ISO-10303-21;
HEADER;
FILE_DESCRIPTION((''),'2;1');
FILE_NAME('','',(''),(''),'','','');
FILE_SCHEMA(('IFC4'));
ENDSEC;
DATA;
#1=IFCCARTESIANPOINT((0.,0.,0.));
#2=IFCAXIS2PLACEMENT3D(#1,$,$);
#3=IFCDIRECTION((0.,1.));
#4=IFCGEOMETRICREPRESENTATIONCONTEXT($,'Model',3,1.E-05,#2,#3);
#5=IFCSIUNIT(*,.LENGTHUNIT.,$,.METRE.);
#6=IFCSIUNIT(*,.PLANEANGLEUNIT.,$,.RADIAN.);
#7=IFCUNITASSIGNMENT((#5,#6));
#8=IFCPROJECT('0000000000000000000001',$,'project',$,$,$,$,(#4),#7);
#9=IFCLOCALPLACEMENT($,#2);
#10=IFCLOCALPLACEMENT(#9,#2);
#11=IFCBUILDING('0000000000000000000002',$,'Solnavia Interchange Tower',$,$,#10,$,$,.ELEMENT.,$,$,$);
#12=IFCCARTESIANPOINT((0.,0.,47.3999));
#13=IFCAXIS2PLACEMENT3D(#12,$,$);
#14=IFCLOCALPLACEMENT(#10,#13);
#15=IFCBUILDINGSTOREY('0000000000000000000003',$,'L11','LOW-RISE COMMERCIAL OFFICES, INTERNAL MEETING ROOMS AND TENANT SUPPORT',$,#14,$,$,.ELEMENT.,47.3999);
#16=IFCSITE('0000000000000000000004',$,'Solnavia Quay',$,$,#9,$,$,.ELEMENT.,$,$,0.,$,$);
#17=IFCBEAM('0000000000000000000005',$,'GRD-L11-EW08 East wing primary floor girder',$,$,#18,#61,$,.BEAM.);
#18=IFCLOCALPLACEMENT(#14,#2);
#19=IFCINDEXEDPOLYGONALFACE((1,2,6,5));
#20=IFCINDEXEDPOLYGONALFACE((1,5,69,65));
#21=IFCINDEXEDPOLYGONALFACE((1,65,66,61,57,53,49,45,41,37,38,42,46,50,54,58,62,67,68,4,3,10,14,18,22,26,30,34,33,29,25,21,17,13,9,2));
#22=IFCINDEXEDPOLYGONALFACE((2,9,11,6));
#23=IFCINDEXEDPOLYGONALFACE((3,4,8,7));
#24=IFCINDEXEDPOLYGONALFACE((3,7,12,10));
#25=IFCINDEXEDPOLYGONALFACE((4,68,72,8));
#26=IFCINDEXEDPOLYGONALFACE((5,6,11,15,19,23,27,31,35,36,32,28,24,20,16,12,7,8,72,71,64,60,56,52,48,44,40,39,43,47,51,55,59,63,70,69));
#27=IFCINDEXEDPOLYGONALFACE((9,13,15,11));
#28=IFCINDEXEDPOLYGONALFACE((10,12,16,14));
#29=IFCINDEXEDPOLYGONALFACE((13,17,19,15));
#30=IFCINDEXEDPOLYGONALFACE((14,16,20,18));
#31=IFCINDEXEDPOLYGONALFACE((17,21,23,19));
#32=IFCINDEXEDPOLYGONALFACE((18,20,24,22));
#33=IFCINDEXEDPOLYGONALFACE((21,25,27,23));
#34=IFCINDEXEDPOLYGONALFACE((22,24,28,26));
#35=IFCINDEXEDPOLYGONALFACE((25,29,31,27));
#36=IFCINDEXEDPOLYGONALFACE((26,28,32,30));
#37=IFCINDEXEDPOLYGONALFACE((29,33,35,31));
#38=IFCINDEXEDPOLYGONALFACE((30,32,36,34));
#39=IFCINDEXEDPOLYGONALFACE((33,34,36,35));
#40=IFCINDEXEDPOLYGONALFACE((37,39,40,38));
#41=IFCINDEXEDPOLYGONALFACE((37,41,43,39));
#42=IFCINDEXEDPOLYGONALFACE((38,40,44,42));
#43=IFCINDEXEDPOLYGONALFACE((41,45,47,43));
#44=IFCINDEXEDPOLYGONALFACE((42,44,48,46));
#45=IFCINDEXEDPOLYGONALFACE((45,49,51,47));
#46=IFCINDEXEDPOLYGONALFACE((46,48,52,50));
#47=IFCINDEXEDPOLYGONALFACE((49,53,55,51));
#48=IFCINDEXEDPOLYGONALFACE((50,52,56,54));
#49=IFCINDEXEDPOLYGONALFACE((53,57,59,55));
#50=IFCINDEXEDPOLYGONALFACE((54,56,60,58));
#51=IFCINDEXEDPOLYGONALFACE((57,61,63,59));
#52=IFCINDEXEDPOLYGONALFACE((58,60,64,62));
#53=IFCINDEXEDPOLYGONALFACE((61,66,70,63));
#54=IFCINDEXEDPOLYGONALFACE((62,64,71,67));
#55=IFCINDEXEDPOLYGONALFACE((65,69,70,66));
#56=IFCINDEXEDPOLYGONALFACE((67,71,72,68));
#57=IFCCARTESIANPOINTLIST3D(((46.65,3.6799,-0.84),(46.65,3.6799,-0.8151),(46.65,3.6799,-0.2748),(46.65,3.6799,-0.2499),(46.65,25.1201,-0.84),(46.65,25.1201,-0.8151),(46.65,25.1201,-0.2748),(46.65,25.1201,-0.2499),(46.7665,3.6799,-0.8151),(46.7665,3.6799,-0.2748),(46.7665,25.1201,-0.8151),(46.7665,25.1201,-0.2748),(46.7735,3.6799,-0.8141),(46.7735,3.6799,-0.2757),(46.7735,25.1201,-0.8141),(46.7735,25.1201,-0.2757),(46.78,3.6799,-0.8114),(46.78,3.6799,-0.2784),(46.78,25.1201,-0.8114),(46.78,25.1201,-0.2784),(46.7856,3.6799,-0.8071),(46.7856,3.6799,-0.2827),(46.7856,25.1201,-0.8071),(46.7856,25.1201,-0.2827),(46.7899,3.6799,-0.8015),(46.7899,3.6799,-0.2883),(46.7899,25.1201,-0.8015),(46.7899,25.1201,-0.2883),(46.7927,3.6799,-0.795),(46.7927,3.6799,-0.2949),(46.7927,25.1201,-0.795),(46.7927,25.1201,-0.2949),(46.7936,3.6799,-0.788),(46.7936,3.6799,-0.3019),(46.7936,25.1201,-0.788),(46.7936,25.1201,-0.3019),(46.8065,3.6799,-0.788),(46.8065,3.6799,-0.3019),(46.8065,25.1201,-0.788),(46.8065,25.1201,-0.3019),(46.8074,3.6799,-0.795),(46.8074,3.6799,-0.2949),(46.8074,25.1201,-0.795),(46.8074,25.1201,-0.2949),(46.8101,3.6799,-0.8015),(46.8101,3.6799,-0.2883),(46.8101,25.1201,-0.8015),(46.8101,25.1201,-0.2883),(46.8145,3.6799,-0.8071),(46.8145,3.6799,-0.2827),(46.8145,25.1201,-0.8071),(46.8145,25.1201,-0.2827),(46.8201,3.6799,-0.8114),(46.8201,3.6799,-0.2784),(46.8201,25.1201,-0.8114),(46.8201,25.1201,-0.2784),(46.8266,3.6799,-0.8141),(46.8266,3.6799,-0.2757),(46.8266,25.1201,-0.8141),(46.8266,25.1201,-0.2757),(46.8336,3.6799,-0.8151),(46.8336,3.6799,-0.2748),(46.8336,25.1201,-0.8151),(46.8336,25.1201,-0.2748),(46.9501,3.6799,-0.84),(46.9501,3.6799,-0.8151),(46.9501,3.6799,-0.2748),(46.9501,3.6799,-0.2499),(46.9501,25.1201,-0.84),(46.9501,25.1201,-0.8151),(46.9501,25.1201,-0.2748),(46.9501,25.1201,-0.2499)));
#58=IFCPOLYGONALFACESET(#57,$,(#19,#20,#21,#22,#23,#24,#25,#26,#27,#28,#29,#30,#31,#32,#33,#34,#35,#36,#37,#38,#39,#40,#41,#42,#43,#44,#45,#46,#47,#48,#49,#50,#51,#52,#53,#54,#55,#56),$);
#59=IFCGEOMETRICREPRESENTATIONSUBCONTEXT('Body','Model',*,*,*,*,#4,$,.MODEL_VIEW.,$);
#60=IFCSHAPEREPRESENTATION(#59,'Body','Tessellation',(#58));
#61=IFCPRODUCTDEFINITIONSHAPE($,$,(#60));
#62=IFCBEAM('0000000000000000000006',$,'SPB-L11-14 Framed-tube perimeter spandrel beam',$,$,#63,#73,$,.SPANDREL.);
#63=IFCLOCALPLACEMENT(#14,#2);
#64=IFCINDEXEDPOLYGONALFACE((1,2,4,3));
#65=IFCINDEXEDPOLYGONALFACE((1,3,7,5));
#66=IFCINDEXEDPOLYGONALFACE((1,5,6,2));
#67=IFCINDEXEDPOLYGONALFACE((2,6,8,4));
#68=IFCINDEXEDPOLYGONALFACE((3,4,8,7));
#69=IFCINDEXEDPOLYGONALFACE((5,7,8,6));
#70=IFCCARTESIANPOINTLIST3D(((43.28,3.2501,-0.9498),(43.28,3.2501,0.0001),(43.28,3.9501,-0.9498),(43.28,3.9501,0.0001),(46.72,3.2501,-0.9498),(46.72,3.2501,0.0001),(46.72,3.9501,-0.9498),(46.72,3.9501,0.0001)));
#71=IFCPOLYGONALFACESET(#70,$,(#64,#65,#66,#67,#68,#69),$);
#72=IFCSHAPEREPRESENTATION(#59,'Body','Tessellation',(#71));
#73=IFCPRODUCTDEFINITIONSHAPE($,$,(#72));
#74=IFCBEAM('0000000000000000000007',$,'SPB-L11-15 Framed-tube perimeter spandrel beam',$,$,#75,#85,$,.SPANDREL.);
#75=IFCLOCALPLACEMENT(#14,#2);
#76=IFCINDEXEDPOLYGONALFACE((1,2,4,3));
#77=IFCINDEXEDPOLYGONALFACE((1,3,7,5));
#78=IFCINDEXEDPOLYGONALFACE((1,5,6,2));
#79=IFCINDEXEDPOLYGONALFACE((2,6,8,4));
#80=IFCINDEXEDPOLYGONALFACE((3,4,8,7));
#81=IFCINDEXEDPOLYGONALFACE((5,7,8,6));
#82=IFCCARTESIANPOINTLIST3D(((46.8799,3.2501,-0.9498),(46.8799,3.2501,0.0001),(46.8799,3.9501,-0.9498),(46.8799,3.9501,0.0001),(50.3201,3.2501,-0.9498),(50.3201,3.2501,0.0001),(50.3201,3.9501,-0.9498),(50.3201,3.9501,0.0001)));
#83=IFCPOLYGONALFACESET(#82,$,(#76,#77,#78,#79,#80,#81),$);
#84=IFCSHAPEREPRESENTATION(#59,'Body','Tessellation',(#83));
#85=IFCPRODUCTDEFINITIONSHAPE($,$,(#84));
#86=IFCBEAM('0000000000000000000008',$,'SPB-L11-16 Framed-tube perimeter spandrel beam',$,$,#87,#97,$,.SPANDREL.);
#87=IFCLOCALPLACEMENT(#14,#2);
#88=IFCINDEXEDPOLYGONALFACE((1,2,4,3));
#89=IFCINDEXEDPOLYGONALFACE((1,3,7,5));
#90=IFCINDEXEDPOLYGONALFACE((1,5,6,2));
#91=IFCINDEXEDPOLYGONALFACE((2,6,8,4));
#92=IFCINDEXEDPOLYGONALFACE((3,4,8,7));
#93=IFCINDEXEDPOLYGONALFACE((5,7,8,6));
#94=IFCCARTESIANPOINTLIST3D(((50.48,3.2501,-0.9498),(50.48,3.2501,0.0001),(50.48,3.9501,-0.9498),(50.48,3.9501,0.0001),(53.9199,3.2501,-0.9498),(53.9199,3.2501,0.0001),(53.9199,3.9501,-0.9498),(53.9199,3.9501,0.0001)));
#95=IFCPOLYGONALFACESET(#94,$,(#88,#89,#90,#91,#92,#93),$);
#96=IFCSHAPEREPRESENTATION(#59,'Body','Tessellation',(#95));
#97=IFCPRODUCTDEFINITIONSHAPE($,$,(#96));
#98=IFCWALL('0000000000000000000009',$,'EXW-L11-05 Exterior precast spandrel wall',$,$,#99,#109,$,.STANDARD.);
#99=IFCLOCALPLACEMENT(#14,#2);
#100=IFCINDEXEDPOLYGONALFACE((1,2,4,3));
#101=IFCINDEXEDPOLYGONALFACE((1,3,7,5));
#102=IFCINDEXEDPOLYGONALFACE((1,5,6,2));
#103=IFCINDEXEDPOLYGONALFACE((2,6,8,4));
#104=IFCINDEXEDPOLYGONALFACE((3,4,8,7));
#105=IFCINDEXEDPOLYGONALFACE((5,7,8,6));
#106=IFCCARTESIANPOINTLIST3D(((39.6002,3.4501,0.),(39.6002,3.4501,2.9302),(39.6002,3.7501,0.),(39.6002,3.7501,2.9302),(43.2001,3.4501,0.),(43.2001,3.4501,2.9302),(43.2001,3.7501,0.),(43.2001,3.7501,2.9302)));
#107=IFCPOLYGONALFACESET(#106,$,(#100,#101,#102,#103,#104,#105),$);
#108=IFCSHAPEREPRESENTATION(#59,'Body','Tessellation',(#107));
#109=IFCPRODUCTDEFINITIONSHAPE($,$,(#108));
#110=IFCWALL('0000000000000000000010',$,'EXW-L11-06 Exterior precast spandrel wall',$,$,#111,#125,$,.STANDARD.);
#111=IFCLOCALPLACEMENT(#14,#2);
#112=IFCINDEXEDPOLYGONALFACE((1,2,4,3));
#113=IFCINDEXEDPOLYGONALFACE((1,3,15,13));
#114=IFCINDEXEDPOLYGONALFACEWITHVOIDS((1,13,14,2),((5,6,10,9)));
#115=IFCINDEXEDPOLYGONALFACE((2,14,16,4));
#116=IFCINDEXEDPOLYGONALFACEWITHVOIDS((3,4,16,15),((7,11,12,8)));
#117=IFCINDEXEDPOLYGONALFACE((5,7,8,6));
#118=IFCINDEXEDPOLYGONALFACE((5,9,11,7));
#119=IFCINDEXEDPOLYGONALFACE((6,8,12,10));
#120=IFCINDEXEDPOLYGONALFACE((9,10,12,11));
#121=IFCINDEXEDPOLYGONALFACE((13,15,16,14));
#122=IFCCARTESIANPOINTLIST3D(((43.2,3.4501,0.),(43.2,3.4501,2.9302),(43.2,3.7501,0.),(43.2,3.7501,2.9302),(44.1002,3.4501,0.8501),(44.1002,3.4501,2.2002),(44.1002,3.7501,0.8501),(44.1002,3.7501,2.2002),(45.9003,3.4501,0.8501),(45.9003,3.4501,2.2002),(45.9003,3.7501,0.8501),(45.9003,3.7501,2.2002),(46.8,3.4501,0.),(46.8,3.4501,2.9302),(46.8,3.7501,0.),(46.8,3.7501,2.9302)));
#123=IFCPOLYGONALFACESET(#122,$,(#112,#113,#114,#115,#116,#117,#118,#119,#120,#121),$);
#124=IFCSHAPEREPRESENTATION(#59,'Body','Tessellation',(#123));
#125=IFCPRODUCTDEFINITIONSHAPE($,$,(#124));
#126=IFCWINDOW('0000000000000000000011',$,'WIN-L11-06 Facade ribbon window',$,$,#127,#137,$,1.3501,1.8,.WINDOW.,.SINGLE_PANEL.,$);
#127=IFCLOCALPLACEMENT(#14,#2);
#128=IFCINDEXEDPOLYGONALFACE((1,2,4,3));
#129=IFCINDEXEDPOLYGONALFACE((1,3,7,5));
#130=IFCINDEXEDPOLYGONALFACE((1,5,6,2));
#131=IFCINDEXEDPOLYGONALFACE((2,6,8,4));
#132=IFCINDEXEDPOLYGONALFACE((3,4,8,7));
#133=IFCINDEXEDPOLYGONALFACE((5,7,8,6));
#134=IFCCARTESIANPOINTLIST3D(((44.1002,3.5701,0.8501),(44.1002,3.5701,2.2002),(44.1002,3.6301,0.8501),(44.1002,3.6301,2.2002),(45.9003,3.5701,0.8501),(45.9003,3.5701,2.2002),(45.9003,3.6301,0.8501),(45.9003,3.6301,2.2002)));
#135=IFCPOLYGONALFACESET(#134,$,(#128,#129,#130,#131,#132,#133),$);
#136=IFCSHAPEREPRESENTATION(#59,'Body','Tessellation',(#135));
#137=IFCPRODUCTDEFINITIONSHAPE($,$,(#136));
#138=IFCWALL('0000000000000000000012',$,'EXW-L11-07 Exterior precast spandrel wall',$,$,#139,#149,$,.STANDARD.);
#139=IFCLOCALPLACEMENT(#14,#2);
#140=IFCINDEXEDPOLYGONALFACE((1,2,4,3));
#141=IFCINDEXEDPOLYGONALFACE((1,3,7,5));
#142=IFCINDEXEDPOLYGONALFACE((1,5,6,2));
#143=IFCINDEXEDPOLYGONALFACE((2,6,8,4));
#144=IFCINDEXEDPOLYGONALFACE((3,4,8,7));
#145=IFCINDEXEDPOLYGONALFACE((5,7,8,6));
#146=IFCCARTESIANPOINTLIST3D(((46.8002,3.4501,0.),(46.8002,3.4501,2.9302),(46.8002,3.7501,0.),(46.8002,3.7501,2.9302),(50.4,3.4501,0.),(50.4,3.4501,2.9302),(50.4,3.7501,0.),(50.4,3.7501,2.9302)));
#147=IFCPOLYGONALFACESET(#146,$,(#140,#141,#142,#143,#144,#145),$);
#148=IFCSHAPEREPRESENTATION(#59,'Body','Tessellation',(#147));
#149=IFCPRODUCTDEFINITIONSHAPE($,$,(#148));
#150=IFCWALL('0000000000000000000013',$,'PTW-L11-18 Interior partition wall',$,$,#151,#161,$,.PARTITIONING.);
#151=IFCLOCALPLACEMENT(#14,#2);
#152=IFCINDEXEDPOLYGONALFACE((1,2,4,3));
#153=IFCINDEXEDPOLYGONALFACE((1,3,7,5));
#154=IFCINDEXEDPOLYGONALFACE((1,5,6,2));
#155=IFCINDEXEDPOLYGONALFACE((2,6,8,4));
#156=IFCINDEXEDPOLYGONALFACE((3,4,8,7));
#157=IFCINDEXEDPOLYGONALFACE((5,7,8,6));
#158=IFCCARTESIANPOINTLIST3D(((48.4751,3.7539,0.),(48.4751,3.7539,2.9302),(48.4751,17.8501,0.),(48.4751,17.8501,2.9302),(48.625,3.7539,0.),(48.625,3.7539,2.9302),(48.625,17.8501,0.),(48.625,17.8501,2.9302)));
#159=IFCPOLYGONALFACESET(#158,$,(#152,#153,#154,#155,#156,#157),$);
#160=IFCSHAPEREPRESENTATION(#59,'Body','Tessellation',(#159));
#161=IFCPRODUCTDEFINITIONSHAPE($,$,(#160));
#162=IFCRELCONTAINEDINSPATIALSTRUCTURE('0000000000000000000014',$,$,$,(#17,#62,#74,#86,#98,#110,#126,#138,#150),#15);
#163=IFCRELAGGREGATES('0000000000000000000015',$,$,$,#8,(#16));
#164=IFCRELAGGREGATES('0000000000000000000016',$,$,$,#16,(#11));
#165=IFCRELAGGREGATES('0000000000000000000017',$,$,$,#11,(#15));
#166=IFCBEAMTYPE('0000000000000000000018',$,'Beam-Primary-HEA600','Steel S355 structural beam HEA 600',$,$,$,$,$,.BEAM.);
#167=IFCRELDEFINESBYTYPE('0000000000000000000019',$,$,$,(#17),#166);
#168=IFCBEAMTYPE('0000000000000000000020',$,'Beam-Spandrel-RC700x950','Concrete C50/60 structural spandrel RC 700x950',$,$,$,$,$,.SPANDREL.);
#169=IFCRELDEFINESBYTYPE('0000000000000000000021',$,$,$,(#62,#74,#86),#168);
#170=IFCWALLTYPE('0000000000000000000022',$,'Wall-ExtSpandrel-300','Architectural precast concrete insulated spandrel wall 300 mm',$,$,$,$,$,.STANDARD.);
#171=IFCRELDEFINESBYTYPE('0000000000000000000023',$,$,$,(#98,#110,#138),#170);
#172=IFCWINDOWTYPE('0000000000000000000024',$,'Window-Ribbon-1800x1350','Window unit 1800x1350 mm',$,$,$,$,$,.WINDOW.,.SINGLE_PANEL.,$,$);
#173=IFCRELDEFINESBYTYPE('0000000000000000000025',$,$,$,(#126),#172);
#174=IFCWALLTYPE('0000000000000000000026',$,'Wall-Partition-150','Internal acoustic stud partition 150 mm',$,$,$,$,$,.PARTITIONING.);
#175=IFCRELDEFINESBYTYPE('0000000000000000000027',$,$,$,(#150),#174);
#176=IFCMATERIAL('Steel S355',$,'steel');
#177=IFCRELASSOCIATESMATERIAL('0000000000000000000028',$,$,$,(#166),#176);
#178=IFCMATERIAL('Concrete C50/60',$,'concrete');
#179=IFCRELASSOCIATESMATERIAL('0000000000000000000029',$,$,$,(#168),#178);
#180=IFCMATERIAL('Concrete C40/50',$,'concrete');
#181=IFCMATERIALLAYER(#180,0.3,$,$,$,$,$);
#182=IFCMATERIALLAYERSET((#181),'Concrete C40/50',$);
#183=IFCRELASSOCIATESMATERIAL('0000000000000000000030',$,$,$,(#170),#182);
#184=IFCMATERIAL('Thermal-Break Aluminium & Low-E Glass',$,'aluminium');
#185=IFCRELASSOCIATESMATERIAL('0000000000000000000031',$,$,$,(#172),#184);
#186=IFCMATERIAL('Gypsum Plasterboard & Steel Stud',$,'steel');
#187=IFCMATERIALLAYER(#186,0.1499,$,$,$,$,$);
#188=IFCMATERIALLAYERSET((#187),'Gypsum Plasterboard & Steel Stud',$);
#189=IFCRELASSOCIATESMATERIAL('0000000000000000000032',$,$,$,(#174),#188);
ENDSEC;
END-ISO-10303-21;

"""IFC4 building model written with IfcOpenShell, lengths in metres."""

from ifc_helpers import new_model, si_unit, direction, frame, frame_2d, origin, origin_2d, place, context, subcontext, project, spatial, rectangle, i_section, extrude, material, layer, layer_set, material_profile, profile_set, type_object, element, fill, save


model = new_model("IFC4")

# Units and contexts
model_context = context("Model", 3, precision=1e-05, world=origin(), true_north=direction((0.0, 1.0)))
body_context = subcontext(model_context, "Body", "Model", "MODEL_VIEW")
ifc_project = project(units=[si_unit("LENGTHUNIT", "METRE"), si_unit("PLANEANGLEUNIT", "RADIAN")], contexts=[model_context])

# Site, building, storey
site_placement = place(None, origin())
site = spatial("IfcSite", under=ifc_project, at=site_placement, Name="Solnavia Quay", CompositionType="ELEMENT", RefElevation=0.0)
building_placement = place(site_placement, origin())
building = spatial("IfcBuilding", under=site, at=building_placement, Name="Solnavia Interchange Tower", CompositionType="ELEMENT")
storey_placement = place(building_placement, frame((0.0, 0.0, 47.3999)))
storey = spatial("IfcBuildingStorey", under=building, at=storey_placement, Name="L11", Description="LOW-RISE COMMERCIAL OFFICES, INTERNAL MEETING ROOMS AND TENANT SUPPORT", CompositionType="ELEMENT", Elevation=47.3999)

# Shared definitions
ifc_material_1 = material(Name="Steel S355", Category="steel")

# Beams
ifc_material_profile_1 = material_profile(ifc_material_1, i_section(OverallWidth=0.3, OverallDepth=0.5901, WebThickness=0.0129, FlangeThickness=0.0249, FilletRadius=0.0271, at=origin_2d()), Name="HEA 600")
ifc_profile_set_1 = profile_set([ifc_material_profile_1], Name="Steel S355")
beam_type_1 = type_object("IfcBeamType", Name="Beam-Primary-HEA600", Description="Steel S355 structural beam HEA 600", PredefinedType="BEAM", material=ifc_profile_set_1)
beam_1_placement = place(storey_placement, frame((46.8, 3.6799, -0.5449), z_axis=(0.0, 1.0, 0.0), x_axis=(-1.0, 0.0, 0.0)))
element("IfcBeam", 1, at=beam_1_placement, inside=storey, type_object=beam_type_1, Name="GRD-L11-EW08 East wing primary floor girder", PredefinedType="BEAM", context=body_context, shape_type="SweptSolid", body=[
    extrude(i_section(OverallWidth=0.3, OverallDepth=0.5901, WebThickness=0.0129, FlangeThickness=0.0249, FilletRadius=0.0271, at=origin_2d()), origin(), (0.0, 0.0, 1.0), 21.4402),
])
ifc_material_2 = material(Name="Concrete C50/60", Category="concrete")
ifc_material_profile_2 = material_profile(ifc_material_2, rectangle(XDim=0.7, YDim=0.95, at=origin_2d()), Name="RC 700x950")
ifc_profile_set_2 = profile_set([ifc_material_profile_2], Name="Concrete C50/60")
beam_type_2 = type_object("IfcBeamType", Name="Beam-Spandrel-RC700x950", Description="Concrete C50/60 structural spandrel RC 700x950", PredefinedType="SPANDREL", material=ifc_profile_set_2)
beam_2_placement = place(storey_placement, frame((43.28, 3.6001, -0.4749), z_axis=(1.0, 0.0, 0.0), x_axis=(0.0, 1.0, 0.0)))
element("IfcBeam", 2, at=beam_2_placement, inside=storey, type_object=beam_type_2, Name="SPB-L11-14 Framed-tube perimeter spandrel beam", PredefinedType="SPANDREL", context=body_context, shape_type="SweptSolid", body=[
    extrude(rectangle(XDim=0.7, YDim=0.95, at=origin_2d()), origin(), (0.0, 0.0, 1.0), 3.4399),
])
beam_3_placement = place(storey_placement, frame((46.8799, 3.6001, -0.4749), z_axis=(1.0, 0.0, 0.0), x_axis=(0.0, 1.0, 0.0)))
element("IfcBeam", 3, at=beam_3_placement, inside=storey, type_object=beam_type_2, Name="SPB-L11-15 Framed-tube perimeter spandrel beam", PredefinedType="SPANDREL", context=body_context, shape_type="SweptSolid", body=[
    extrude(rectangle(XDim=0.7, YDim=0.95, at=origin_2d()), origin(), (0.0, 0.0, 1.0), 3.4402),
])
beam_4_placement = place(storey_placement, frame((50.48, 3.6001, -0.4749), z_axis=(1.0, 0.0, 0.0), x_axis=(0.0, 1.0, 0.0)))
element("IfcBeam", 4, at=beam_4_placement, inside=storey, type_object=beam_type_2, Name="SPB-L11-16 Framed-tube perimeter spandrel beam", PredefinedType="SPANDREL", context=body_context, shape_type="SweptSolid", body=[
    extrude(rectangle(XDim=0.7, YDim=0.95, at=origin_2d()), origin(), (0.0, 0.0, 1.0), 3.4399),
])

# Wall
ifc_material_3 = material(Name="Concrete C40/50", Category="concrete")
ifc_layer_1 = layer(ifc_material_3, 0.3)
ifc_layer_set_1 = layer_set([ifc_layer_1], Name="Concrete C40/50")
wall_type_1 = type_object("IfcWallType", Name="Wall-ExtSpandrel-300", Description="Architectural precast concrete insulated spandrel wall 300 mm", PredefinedType="STANDARD", material=ifc_layer_set_1)
wall_1_placement = place(storey_placement, frame((43.2, 3.6001, 0.0), z_axis=(0.0, 0.0, 1.0), x_axis=(-1.0, 0.0, 0.0)))
element("IfcWall", 5, at=wall_1_placement, inside=storey, type_object=wall_type_1, Name="EXW-L11-05 Exterior precast spandrel wall", PredefinedType="STANDARD", context=body_context, shape_type="SweptSolid", body=[
    extrude(rectangle(XDim=3.5999, YDim=0.3, at=frame_2d((1.7998, 0.0))), origin(), (0.0, 0.0, 1.0), 2.9302),
])

# Wall, opening, window
wall_2_placement = place(storey_placement, frame((46.8, 3.6001, 0.0), z_axis=(0.0, 0.0, 1.0), x_axis=(-1.0, 0.0, 0.0)))
wall_2 = element("IfcWall", 6, at=wall_2_placement, inside=storey, type_object=wall_type_1, Name="EXW-L11-06 Exterior precast spandrel wall", PredefinedType="STANDARD", context=body_context, shape_type="SweptSolid", body=[
    extrude(rectangle(XDim=3.6001, YDim=0.3, at=frame_2d((1.8, 0.0))), origin(), (0.0, 0.0, 1.0), 2.9302),
])
opening_1_placement = place(wall_2_placement, frame((0.8999, 0.0, 0.8501)))
opening_1 = element("IfcOpeningElement", 7, at=opening_1_placement, cuts=wall_2, PredefinedType="OPENING", context=body_context, shape_type="SweptSolid", body=[
    extrude(rectangle(XDim=1.8, YDim=1.3501, at=frame_2d((0.8999, 0.675))), frame((0.0, 0.1602, 0.0), z_axis=(0.0, -1.0, 0.0), x_axis=(1.0, 0.0, 0.0)), (0.0, 0.0, 1.0), 0.3201),
])
ifc_material_4 = material(Name="Thermal-Break Aluminium & Low-E Glass", Category="aluminium")
window_type = type_object("IfcWindowType", Name="Window-Ribbon-1800x1350", Description="Window unit 1800x1350 mm", PartitioningType="SINGLE_PANEL", PredefinedType="WINDOW", material=ifc_material_4)
window_placement = place(opening_1_placement, origin())
window = element("IfcWindow", 8, at=window_placement, inside=storey, type_object=window_type, Name="WIN-L11-06 Facade ribbon window", OverallHeight=1.3501, OverallWidth=1.8, PartitioningType="SINGLE_PANEL", PredefinedType="WINDOW", context=body_context, shape_type="SweptSolid", body=[
    extrude(rectangle(XDim=1.8, YDim=1.3501, at=frame_2d((0.8999, 0.675))), frame((0.0, 0.03, 0.0), z_axis=(0.0, -1.0, 0.0), x_axis=(1.0, 0.0, 0.0)), (0.0, 0.0, 1.0), 0.0601),
])
fill(opening_1, window)

# Walls
wall_3_placement = place(storey_placement, frame((50.3999, 3.6001, 0.0), z_axis=(0.0, 0.0, 1.0), x_axis=(-1.0, 0.0, 0.0)))
element("IfcWall", 9, at=wall_3_placement, inside=storey, type_object=wall_type_1, Name="EXW-L11-07 Exterior precast spandrel wall", PredefinedType="STANDARD", context=body_context, shape_type="SweptSolid", body=[
    extrude(rectangle(XDim=3.5999, YDim=0.3, at=frame_2d((1.7998, 0.0))), origin(), (0.0, 0.0, 1.0), 2.9302),
])
ifc_material_5 = material(Name="Gypsum Plasterboard & Steel Stud", Category="steel")
ifc_layer_2 = layer(ifc_material_5, 0.1499)
ifc_layer_set_2 = layer_set([ifc_layer_2], Name="Gypsum Plasterboard & Steel Stud")
wall_type_2 = type_object("IfcWallType", Name="Wall-Partition-150", Description="Internal acoustic stud partition 150 mm", PredefinedType="PARTITIONING", material=ifc_layer_set_2)
wall_4_placement = place(storey_placement, frame((48.55, 3.7539, 0.0), z_axis=(0.0, 0.0, 1.0), x_axis=(0.0, 1.0, 0.0)))
element("IfcWall", 10, at=wall_4_placement, inside=storey, type_object=wall_type_2, Name="PTW-L11-18 Interior partition wall", PredefinedType="PARTITIONING", context=body_context, shape_type="SweptSolid", body=[
    extrude(rectangle(XDim=14.0962, YDim=0.1499, at=frame_2d((7.0481, 0.0))), origin(), (0.0, 0.0, 1.0), 2.9302),
])

save(model, "model.ifc")
